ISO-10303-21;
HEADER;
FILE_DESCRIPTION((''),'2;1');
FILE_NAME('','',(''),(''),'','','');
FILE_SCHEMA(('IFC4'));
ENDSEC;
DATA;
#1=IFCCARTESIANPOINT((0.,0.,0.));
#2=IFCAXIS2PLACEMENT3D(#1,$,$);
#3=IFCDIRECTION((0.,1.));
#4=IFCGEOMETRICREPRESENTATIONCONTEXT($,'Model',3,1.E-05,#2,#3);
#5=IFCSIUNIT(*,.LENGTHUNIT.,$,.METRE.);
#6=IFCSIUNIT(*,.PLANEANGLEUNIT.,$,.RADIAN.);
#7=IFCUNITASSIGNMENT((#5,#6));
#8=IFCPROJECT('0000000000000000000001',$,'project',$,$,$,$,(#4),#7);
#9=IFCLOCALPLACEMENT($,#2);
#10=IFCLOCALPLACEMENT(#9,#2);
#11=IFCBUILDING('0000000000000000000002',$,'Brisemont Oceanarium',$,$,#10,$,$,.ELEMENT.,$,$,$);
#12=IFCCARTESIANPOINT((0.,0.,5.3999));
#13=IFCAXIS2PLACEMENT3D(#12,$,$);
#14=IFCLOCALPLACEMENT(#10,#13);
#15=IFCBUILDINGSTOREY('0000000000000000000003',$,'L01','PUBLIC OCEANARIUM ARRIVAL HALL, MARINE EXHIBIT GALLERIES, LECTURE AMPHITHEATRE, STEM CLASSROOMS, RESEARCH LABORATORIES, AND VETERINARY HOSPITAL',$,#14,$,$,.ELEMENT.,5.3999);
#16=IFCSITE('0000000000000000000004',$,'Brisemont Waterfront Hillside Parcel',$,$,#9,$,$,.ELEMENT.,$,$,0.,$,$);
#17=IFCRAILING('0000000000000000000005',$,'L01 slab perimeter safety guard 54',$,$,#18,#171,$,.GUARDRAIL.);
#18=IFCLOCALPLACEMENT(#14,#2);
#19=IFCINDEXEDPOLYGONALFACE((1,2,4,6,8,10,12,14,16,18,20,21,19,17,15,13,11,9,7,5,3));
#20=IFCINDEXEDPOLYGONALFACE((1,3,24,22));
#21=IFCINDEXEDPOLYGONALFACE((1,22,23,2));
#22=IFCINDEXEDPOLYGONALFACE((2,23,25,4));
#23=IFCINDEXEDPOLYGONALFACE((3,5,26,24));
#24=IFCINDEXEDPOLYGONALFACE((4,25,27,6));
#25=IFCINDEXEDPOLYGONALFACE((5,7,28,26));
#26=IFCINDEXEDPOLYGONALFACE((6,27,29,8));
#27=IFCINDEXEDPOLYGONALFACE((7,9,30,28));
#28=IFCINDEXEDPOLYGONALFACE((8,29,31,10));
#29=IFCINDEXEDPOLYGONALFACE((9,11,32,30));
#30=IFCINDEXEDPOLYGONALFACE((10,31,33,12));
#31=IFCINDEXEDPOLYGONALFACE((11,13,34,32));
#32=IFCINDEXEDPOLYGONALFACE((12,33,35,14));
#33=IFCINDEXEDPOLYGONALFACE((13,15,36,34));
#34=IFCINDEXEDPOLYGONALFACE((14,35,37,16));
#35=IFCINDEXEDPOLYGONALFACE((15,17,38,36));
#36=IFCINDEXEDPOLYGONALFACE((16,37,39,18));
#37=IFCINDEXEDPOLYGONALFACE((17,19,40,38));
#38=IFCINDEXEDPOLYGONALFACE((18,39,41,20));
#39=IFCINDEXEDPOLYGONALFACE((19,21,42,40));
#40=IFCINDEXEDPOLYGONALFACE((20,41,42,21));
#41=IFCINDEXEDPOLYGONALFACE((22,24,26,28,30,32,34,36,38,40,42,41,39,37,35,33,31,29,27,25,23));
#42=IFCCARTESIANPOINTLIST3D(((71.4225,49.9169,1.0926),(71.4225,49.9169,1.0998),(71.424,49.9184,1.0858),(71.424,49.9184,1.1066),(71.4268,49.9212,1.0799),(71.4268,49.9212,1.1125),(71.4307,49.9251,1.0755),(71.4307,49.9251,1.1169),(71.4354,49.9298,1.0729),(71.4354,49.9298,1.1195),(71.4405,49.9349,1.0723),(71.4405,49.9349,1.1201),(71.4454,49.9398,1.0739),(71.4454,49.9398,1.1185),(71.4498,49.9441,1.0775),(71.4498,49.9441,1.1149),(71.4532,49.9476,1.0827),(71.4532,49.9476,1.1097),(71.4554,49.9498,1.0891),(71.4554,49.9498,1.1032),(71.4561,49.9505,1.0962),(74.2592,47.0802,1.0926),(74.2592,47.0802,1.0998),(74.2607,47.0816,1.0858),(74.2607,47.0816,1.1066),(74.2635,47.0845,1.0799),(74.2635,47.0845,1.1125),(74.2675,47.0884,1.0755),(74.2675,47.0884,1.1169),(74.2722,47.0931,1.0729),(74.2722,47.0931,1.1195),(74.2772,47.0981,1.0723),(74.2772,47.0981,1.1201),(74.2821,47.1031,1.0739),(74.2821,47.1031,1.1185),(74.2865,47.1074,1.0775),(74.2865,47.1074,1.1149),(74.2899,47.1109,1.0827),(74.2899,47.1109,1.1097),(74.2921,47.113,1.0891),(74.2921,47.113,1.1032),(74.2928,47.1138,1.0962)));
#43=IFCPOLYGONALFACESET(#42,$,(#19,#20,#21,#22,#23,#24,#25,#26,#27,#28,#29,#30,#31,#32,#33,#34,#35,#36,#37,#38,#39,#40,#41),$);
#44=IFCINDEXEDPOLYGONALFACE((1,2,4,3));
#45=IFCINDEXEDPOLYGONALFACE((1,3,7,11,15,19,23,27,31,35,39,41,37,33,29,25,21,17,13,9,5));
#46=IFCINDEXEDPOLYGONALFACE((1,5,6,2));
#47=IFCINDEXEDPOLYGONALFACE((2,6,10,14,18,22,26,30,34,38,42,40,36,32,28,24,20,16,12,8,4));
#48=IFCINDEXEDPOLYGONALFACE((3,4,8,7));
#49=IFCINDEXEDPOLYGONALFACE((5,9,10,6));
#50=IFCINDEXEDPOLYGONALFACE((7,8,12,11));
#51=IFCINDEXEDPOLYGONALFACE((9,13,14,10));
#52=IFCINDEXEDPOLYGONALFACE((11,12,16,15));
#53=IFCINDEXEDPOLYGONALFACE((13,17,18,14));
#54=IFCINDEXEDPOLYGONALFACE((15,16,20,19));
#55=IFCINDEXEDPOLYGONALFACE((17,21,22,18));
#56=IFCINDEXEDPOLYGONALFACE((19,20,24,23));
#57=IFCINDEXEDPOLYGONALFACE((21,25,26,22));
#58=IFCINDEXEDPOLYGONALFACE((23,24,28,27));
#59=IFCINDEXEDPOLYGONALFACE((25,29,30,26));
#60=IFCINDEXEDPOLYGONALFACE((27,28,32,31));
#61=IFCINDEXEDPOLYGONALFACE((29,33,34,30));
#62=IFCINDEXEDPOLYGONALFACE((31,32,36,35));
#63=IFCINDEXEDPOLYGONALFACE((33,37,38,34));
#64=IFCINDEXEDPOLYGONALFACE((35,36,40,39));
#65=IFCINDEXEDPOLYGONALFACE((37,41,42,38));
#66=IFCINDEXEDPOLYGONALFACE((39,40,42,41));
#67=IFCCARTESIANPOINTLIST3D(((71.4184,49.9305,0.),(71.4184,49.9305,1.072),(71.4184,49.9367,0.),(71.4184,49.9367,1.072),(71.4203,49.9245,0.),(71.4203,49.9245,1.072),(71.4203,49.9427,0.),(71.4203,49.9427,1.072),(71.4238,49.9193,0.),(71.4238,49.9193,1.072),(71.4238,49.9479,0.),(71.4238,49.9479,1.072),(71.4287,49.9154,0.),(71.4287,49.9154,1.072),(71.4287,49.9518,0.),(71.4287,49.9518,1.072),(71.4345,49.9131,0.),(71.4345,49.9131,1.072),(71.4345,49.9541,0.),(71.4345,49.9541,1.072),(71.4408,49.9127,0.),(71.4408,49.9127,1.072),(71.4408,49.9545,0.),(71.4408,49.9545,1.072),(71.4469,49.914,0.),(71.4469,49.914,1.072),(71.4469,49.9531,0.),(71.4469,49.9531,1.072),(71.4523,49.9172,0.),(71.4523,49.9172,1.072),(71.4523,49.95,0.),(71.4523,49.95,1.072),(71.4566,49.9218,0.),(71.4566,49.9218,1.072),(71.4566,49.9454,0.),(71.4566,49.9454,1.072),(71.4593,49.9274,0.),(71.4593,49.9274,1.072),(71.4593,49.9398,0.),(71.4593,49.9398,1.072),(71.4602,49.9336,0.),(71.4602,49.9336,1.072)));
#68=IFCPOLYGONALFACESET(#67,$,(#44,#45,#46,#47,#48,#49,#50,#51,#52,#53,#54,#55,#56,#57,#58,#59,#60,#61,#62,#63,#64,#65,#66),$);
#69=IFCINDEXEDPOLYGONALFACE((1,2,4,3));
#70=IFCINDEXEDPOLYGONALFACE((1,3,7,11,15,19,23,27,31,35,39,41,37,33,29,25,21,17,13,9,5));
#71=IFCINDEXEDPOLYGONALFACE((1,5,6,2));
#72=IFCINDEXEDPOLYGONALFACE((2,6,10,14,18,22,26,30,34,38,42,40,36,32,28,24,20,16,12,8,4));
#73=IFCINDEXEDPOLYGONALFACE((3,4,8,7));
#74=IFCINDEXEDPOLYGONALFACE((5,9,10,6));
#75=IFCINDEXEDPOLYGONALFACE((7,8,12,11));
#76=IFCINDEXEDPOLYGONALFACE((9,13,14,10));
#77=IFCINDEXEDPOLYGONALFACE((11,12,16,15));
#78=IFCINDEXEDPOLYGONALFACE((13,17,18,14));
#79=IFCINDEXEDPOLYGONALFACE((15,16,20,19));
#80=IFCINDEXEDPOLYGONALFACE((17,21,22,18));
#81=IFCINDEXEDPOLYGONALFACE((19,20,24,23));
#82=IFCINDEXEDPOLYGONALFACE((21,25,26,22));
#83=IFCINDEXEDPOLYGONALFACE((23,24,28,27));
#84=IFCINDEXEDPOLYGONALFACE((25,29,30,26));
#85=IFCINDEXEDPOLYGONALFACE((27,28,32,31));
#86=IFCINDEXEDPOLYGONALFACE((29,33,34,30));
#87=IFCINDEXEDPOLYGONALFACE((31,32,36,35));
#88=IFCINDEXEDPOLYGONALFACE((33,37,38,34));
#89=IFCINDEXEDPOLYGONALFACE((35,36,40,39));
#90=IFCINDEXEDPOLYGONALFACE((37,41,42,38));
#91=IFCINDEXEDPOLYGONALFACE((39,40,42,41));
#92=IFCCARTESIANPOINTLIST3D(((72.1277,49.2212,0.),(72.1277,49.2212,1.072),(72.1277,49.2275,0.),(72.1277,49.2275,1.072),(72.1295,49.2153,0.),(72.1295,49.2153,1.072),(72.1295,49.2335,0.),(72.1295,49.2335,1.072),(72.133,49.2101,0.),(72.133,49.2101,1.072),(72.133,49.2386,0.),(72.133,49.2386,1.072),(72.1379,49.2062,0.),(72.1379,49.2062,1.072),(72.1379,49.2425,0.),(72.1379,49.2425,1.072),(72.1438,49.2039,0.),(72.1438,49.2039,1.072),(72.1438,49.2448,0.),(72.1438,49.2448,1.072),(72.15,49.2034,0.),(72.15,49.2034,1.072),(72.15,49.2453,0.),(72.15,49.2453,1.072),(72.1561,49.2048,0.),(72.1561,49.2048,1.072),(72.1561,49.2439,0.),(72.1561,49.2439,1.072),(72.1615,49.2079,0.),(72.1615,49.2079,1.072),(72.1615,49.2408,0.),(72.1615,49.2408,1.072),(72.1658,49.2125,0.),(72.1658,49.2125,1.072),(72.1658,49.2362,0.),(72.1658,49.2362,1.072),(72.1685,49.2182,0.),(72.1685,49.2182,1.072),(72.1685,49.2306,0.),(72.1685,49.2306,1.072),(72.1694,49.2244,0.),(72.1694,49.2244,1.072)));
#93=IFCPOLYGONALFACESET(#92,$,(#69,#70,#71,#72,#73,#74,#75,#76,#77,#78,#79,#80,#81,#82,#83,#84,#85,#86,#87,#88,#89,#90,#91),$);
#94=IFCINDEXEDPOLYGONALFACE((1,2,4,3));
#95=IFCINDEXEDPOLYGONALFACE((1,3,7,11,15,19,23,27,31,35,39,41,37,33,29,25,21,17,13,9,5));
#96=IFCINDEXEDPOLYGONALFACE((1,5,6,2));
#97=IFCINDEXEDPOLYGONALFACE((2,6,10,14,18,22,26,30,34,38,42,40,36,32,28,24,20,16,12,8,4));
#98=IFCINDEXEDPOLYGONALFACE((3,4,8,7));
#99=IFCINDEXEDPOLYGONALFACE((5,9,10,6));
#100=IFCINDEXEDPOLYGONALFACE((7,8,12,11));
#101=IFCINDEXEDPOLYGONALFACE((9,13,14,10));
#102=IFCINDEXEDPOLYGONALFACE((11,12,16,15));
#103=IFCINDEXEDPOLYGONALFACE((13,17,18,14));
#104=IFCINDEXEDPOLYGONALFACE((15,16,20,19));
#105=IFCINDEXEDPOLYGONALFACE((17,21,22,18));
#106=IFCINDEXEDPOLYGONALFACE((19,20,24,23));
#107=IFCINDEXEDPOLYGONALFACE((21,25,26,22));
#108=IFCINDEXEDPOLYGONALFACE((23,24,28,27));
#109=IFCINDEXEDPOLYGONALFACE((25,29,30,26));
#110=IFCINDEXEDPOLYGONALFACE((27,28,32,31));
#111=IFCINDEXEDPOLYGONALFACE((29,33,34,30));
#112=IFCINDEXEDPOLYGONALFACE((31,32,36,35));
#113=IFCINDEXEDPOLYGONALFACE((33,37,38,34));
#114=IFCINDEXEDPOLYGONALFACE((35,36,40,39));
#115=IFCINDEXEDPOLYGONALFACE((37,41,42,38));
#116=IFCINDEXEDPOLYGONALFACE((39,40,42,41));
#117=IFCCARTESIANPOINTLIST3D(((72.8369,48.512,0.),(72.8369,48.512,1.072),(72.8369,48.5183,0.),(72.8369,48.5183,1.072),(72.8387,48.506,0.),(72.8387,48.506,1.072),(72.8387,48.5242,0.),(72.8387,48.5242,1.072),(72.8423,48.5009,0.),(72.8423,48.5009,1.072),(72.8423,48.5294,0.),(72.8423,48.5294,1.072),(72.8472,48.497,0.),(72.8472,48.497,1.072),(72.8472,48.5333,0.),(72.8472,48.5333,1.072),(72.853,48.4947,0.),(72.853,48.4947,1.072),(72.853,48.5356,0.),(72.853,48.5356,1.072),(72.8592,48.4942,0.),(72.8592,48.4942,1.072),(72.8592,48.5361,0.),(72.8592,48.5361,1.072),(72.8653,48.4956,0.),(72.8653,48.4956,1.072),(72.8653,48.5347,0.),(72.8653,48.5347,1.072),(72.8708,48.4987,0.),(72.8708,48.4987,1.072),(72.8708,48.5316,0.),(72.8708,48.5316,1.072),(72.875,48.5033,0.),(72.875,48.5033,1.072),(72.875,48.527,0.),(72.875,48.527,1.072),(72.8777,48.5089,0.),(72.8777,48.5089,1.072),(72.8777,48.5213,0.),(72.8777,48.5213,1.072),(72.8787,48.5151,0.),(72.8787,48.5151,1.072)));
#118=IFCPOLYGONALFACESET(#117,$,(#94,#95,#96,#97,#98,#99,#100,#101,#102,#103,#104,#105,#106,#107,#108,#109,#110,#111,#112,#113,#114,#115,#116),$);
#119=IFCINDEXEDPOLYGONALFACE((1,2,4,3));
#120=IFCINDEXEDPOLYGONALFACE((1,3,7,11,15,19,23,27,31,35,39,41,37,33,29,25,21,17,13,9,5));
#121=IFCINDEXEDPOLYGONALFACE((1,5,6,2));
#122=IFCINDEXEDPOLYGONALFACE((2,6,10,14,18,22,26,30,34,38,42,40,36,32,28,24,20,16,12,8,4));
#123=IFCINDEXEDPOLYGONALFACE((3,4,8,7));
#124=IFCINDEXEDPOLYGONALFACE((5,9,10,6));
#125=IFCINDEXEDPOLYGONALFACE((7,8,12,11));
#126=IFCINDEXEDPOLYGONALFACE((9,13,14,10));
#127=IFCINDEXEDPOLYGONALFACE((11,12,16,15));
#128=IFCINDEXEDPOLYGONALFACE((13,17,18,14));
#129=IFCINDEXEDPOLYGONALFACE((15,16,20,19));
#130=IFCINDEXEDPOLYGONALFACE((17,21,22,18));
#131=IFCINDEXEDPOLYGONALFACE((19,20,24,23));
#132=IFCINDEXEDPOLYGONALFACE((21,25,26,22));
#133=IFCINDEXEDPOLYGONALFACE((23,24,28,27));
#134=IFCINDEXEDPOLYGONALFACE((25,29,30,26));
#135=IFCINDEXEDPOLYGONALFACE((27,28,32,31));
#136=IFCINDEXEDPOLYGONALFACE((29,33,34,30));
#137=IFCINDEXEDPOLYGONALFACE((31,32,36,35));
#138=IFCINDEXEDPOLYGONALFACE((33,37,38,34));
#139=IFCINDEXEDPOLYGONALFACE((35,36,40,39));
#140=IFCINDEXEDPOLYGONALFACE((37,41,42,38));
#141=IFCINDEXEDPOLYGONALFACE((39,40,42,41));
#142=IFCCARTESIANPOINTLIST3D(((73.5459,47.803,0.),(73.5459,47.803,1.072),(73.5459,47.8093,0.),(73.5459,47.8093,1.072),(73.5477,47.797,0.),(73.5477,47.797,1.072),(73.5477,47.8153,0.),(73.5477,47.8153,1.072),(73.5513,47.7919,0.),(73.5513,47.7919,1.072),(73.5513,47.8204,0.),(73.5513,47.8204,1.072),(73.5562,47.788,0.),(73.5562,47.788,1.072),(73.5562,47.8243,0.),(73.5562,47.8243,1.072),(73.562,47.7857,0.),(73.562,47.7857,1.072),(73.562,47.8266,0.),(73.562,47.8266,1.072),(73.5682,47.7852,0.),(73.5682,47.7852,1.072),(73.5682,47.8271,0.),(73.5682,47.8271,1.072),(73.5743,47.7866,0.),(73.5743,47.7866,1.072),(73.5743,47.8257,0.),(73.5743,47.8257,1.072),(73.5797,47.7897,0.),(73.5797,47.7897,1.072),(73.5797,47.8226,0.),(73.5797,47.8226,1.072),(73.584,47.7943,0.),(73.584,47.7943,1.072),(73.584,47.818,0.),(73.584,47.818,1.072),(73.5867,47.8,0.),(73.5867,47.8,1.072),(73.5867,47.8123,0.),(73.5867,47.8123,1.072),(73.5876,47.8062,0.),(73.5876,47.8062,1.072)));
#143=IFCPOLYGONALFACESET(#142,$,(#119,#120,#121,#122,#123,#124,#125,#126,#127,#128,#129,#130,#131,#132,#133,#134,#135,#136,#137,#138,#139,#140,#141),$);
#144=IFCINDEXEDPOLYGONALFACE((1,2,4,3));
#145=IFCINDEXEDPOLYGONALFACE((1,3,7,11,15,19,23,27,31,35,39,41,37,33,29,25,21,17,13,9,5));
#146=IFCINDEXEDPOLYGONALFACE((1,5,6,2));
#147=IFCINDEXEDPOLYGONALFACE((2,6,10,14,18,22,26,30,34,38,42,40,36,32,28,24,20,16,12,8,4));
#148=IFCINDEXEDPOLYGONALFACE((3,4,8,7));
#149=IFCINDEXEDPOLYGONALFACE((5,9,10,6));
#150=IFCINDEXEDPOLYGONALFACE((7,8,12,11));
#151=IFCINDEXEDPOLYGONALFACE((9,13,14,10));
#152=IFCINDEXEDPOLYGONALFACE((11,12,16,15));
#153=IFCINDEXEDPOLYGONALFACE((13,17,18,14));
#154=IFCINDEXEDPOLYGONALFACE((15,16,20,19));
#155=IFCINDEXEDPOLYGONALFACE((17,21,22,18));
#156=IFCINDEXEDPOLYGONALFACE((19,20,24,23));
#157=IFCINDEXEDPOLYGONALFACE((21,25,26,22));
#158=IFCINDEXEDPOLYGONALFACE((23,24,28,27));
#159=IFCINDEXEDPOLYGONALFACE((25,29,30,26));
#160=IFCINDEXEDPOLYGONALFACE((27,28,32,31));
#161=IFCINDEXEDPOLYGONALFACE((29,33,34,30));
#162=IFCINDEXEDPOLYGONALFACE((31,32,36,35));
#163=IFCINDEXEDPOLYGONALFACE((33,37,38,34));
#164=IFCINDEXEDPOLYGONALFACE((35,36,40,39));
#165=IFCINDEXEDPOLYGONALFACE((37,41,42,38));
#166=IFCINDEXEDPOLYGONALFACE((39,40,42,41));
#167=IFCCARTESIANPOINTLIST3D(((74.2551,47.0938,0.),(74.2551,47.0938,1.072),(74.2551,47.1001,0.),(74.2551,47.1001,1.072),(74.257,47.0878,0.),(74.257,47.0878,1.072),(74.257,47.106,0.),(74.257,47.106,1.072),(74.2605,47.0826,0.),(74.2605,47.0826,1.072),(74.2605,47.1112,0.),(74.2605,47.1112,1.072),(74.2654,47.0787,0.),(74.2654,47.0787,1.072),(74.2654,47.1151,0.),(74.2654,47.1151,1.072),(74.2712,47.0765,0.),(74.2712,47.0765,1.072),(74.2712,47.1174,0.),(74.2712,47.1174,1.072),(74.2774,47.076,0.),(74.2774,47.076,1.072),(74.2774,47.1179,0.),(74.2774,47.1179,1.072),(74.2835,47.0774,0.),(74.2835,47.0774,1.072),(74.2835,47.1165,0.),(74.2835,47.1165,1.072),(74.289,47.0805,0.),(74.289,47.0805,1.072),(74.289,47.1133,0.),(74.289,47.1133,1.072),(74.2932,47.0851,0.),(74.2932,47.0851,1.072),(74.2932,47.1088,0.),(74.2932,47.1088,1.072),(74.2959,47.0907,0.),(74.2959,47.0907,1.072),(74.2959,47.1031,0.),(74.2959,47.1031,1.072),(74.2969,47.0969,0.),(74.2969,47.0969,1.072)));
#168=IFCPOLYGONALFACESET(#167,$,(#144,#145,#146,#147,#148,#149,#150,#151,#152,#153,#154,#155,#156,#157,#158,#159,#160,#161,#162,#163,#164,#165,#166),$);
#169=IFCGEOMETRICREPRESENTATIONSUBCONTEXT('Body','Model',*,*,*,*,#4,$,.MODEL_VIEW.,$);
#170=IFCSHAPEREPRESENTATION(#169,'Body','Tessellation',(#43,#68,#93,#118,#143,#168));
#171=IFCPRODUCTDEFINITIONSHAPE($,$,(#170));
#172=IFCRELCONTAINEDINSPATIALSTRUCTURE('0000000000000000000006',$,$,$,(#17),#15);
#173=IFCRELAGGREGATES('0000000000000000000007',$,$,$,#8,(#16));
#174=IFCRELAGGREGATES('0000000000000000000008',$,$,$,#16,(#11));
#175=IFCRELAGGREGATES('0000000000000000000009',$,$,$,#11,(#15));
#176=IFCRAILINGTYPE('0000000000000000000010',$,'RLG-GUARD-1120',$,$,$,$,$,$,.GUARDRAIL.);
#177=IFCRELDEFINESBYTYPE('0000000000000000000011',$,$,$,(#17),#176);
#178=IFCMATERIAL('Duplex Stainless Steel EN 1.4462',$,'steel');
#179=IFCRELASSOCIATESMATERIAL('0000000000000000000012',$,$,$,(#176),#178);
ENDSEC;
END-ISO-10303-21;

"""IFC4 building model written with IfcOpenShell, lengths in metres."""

from ifc_helpers import new_model, si_unit, direction, frame, origin, origin_2d, place, context, subcontext, project, spatial, circle, extrude, material, type_object, element, save


model = new_model("IFC4")

# Units and contexts
model_context = context("Model", 3, precision=1e-05, world=origin(), true_north=direction((0.0, 1.0)))
body_context = subcontext(model_context, "Body", "Model", "MODEL_VIEW")
ifc_project = project(units=[si_unit("LENGTHUNIT", "METRE"), si_unit("PLANEANGLEUNIT", "RADIAN")], contexts=[model_context])

# Site, building, storey
site_placement = place(None, origin())
site = spatial("IfcSite", under=ifc_project, at=site_placement, Name="Brisemont Waterfront Hillside Parcel", CompositionType="ELEMENT", RefElevation=0.0)
building_placement = place(site_placement, origin())
building = spatial("IfcBuilding", under=site, at=building_placement, Name="Brisemont Oceanarium", CompositionType="ELEMENT")
storey_placement = place(building_placement, frame((0.0, 0.0, 5.3999)))
storey = spatial("IfcBuildingStorey", under=building, at=storey_placement, Name="L01", Description="PUBLIC OCEANARIUM ARRIVAL HALL, MARINE EXHIBIT GALLERIES, LECTURE AMPHITHEATRE, STEM CLASSROOMS, RESEARCH LABORATORIES, AND VETERINARY HOSPITAL", CompositionType="ELEMENT", Elevation=5.3999)

# Railing
ifc_material_1 = material(Name="Duplex Stainless Steel EN 1.4462", Category="steel")
railing_type_1 = type_object("IfcRailingType", Name="RLG-GUARD-1120", PredefinedType="GUARDRAIL", material=ifc_material_1)
railing_1_placement = place(storey_placement, frame((71.4392, 49.9336, 0.0)))
element("IfcRailing", 1, at=railing_1_placement, inside=storey, type_object=railing_type_1, Name="L01 slab perimeter safety guard 54", PredefinedType="GUARDRAIL", context=body_context, shape_type="SweptSolid", body=[
    extrude(circle(Radius=0.0239, at=origin_2d()), frame((0.0, 0.0, 1.0962), z_axis=(0.707107, -0.707107, 0.0), x_axis=(0.707107, 0.707107, 0.0)), (0.0, 0.0, 1.0), 4.0117),
    extrude(circle(Radius=0.021, at=origin_2d()), origin(), (0.0, 0.0, 1.0), 1.072),
    extrude(circle(Radius=0.021, at=origin_2d()), frame((0.7092, -0.7092, 0.0)), (0.0, 0.0, 1.0), 1.072),
    extrude(circle(Radius=0.021, at=origin_2d()), frame((1.4185, -1.4185, 0.0)), (0.0, 0.0, 1.0), 1.072),
    extrude(circle(Radius=0.021, at=origin_2d()), frame((2.1274, -2.1274, 0.0)), (0.0, 0.0, 1.0), 1.072),
    extrude(circle(Radius=0.021, at=origin_2d()), frame((2.8367, -2.8367, 0.0)), (0.0, 0.0, 1.0), 1.072),
])

save(model, "model.ifc")
